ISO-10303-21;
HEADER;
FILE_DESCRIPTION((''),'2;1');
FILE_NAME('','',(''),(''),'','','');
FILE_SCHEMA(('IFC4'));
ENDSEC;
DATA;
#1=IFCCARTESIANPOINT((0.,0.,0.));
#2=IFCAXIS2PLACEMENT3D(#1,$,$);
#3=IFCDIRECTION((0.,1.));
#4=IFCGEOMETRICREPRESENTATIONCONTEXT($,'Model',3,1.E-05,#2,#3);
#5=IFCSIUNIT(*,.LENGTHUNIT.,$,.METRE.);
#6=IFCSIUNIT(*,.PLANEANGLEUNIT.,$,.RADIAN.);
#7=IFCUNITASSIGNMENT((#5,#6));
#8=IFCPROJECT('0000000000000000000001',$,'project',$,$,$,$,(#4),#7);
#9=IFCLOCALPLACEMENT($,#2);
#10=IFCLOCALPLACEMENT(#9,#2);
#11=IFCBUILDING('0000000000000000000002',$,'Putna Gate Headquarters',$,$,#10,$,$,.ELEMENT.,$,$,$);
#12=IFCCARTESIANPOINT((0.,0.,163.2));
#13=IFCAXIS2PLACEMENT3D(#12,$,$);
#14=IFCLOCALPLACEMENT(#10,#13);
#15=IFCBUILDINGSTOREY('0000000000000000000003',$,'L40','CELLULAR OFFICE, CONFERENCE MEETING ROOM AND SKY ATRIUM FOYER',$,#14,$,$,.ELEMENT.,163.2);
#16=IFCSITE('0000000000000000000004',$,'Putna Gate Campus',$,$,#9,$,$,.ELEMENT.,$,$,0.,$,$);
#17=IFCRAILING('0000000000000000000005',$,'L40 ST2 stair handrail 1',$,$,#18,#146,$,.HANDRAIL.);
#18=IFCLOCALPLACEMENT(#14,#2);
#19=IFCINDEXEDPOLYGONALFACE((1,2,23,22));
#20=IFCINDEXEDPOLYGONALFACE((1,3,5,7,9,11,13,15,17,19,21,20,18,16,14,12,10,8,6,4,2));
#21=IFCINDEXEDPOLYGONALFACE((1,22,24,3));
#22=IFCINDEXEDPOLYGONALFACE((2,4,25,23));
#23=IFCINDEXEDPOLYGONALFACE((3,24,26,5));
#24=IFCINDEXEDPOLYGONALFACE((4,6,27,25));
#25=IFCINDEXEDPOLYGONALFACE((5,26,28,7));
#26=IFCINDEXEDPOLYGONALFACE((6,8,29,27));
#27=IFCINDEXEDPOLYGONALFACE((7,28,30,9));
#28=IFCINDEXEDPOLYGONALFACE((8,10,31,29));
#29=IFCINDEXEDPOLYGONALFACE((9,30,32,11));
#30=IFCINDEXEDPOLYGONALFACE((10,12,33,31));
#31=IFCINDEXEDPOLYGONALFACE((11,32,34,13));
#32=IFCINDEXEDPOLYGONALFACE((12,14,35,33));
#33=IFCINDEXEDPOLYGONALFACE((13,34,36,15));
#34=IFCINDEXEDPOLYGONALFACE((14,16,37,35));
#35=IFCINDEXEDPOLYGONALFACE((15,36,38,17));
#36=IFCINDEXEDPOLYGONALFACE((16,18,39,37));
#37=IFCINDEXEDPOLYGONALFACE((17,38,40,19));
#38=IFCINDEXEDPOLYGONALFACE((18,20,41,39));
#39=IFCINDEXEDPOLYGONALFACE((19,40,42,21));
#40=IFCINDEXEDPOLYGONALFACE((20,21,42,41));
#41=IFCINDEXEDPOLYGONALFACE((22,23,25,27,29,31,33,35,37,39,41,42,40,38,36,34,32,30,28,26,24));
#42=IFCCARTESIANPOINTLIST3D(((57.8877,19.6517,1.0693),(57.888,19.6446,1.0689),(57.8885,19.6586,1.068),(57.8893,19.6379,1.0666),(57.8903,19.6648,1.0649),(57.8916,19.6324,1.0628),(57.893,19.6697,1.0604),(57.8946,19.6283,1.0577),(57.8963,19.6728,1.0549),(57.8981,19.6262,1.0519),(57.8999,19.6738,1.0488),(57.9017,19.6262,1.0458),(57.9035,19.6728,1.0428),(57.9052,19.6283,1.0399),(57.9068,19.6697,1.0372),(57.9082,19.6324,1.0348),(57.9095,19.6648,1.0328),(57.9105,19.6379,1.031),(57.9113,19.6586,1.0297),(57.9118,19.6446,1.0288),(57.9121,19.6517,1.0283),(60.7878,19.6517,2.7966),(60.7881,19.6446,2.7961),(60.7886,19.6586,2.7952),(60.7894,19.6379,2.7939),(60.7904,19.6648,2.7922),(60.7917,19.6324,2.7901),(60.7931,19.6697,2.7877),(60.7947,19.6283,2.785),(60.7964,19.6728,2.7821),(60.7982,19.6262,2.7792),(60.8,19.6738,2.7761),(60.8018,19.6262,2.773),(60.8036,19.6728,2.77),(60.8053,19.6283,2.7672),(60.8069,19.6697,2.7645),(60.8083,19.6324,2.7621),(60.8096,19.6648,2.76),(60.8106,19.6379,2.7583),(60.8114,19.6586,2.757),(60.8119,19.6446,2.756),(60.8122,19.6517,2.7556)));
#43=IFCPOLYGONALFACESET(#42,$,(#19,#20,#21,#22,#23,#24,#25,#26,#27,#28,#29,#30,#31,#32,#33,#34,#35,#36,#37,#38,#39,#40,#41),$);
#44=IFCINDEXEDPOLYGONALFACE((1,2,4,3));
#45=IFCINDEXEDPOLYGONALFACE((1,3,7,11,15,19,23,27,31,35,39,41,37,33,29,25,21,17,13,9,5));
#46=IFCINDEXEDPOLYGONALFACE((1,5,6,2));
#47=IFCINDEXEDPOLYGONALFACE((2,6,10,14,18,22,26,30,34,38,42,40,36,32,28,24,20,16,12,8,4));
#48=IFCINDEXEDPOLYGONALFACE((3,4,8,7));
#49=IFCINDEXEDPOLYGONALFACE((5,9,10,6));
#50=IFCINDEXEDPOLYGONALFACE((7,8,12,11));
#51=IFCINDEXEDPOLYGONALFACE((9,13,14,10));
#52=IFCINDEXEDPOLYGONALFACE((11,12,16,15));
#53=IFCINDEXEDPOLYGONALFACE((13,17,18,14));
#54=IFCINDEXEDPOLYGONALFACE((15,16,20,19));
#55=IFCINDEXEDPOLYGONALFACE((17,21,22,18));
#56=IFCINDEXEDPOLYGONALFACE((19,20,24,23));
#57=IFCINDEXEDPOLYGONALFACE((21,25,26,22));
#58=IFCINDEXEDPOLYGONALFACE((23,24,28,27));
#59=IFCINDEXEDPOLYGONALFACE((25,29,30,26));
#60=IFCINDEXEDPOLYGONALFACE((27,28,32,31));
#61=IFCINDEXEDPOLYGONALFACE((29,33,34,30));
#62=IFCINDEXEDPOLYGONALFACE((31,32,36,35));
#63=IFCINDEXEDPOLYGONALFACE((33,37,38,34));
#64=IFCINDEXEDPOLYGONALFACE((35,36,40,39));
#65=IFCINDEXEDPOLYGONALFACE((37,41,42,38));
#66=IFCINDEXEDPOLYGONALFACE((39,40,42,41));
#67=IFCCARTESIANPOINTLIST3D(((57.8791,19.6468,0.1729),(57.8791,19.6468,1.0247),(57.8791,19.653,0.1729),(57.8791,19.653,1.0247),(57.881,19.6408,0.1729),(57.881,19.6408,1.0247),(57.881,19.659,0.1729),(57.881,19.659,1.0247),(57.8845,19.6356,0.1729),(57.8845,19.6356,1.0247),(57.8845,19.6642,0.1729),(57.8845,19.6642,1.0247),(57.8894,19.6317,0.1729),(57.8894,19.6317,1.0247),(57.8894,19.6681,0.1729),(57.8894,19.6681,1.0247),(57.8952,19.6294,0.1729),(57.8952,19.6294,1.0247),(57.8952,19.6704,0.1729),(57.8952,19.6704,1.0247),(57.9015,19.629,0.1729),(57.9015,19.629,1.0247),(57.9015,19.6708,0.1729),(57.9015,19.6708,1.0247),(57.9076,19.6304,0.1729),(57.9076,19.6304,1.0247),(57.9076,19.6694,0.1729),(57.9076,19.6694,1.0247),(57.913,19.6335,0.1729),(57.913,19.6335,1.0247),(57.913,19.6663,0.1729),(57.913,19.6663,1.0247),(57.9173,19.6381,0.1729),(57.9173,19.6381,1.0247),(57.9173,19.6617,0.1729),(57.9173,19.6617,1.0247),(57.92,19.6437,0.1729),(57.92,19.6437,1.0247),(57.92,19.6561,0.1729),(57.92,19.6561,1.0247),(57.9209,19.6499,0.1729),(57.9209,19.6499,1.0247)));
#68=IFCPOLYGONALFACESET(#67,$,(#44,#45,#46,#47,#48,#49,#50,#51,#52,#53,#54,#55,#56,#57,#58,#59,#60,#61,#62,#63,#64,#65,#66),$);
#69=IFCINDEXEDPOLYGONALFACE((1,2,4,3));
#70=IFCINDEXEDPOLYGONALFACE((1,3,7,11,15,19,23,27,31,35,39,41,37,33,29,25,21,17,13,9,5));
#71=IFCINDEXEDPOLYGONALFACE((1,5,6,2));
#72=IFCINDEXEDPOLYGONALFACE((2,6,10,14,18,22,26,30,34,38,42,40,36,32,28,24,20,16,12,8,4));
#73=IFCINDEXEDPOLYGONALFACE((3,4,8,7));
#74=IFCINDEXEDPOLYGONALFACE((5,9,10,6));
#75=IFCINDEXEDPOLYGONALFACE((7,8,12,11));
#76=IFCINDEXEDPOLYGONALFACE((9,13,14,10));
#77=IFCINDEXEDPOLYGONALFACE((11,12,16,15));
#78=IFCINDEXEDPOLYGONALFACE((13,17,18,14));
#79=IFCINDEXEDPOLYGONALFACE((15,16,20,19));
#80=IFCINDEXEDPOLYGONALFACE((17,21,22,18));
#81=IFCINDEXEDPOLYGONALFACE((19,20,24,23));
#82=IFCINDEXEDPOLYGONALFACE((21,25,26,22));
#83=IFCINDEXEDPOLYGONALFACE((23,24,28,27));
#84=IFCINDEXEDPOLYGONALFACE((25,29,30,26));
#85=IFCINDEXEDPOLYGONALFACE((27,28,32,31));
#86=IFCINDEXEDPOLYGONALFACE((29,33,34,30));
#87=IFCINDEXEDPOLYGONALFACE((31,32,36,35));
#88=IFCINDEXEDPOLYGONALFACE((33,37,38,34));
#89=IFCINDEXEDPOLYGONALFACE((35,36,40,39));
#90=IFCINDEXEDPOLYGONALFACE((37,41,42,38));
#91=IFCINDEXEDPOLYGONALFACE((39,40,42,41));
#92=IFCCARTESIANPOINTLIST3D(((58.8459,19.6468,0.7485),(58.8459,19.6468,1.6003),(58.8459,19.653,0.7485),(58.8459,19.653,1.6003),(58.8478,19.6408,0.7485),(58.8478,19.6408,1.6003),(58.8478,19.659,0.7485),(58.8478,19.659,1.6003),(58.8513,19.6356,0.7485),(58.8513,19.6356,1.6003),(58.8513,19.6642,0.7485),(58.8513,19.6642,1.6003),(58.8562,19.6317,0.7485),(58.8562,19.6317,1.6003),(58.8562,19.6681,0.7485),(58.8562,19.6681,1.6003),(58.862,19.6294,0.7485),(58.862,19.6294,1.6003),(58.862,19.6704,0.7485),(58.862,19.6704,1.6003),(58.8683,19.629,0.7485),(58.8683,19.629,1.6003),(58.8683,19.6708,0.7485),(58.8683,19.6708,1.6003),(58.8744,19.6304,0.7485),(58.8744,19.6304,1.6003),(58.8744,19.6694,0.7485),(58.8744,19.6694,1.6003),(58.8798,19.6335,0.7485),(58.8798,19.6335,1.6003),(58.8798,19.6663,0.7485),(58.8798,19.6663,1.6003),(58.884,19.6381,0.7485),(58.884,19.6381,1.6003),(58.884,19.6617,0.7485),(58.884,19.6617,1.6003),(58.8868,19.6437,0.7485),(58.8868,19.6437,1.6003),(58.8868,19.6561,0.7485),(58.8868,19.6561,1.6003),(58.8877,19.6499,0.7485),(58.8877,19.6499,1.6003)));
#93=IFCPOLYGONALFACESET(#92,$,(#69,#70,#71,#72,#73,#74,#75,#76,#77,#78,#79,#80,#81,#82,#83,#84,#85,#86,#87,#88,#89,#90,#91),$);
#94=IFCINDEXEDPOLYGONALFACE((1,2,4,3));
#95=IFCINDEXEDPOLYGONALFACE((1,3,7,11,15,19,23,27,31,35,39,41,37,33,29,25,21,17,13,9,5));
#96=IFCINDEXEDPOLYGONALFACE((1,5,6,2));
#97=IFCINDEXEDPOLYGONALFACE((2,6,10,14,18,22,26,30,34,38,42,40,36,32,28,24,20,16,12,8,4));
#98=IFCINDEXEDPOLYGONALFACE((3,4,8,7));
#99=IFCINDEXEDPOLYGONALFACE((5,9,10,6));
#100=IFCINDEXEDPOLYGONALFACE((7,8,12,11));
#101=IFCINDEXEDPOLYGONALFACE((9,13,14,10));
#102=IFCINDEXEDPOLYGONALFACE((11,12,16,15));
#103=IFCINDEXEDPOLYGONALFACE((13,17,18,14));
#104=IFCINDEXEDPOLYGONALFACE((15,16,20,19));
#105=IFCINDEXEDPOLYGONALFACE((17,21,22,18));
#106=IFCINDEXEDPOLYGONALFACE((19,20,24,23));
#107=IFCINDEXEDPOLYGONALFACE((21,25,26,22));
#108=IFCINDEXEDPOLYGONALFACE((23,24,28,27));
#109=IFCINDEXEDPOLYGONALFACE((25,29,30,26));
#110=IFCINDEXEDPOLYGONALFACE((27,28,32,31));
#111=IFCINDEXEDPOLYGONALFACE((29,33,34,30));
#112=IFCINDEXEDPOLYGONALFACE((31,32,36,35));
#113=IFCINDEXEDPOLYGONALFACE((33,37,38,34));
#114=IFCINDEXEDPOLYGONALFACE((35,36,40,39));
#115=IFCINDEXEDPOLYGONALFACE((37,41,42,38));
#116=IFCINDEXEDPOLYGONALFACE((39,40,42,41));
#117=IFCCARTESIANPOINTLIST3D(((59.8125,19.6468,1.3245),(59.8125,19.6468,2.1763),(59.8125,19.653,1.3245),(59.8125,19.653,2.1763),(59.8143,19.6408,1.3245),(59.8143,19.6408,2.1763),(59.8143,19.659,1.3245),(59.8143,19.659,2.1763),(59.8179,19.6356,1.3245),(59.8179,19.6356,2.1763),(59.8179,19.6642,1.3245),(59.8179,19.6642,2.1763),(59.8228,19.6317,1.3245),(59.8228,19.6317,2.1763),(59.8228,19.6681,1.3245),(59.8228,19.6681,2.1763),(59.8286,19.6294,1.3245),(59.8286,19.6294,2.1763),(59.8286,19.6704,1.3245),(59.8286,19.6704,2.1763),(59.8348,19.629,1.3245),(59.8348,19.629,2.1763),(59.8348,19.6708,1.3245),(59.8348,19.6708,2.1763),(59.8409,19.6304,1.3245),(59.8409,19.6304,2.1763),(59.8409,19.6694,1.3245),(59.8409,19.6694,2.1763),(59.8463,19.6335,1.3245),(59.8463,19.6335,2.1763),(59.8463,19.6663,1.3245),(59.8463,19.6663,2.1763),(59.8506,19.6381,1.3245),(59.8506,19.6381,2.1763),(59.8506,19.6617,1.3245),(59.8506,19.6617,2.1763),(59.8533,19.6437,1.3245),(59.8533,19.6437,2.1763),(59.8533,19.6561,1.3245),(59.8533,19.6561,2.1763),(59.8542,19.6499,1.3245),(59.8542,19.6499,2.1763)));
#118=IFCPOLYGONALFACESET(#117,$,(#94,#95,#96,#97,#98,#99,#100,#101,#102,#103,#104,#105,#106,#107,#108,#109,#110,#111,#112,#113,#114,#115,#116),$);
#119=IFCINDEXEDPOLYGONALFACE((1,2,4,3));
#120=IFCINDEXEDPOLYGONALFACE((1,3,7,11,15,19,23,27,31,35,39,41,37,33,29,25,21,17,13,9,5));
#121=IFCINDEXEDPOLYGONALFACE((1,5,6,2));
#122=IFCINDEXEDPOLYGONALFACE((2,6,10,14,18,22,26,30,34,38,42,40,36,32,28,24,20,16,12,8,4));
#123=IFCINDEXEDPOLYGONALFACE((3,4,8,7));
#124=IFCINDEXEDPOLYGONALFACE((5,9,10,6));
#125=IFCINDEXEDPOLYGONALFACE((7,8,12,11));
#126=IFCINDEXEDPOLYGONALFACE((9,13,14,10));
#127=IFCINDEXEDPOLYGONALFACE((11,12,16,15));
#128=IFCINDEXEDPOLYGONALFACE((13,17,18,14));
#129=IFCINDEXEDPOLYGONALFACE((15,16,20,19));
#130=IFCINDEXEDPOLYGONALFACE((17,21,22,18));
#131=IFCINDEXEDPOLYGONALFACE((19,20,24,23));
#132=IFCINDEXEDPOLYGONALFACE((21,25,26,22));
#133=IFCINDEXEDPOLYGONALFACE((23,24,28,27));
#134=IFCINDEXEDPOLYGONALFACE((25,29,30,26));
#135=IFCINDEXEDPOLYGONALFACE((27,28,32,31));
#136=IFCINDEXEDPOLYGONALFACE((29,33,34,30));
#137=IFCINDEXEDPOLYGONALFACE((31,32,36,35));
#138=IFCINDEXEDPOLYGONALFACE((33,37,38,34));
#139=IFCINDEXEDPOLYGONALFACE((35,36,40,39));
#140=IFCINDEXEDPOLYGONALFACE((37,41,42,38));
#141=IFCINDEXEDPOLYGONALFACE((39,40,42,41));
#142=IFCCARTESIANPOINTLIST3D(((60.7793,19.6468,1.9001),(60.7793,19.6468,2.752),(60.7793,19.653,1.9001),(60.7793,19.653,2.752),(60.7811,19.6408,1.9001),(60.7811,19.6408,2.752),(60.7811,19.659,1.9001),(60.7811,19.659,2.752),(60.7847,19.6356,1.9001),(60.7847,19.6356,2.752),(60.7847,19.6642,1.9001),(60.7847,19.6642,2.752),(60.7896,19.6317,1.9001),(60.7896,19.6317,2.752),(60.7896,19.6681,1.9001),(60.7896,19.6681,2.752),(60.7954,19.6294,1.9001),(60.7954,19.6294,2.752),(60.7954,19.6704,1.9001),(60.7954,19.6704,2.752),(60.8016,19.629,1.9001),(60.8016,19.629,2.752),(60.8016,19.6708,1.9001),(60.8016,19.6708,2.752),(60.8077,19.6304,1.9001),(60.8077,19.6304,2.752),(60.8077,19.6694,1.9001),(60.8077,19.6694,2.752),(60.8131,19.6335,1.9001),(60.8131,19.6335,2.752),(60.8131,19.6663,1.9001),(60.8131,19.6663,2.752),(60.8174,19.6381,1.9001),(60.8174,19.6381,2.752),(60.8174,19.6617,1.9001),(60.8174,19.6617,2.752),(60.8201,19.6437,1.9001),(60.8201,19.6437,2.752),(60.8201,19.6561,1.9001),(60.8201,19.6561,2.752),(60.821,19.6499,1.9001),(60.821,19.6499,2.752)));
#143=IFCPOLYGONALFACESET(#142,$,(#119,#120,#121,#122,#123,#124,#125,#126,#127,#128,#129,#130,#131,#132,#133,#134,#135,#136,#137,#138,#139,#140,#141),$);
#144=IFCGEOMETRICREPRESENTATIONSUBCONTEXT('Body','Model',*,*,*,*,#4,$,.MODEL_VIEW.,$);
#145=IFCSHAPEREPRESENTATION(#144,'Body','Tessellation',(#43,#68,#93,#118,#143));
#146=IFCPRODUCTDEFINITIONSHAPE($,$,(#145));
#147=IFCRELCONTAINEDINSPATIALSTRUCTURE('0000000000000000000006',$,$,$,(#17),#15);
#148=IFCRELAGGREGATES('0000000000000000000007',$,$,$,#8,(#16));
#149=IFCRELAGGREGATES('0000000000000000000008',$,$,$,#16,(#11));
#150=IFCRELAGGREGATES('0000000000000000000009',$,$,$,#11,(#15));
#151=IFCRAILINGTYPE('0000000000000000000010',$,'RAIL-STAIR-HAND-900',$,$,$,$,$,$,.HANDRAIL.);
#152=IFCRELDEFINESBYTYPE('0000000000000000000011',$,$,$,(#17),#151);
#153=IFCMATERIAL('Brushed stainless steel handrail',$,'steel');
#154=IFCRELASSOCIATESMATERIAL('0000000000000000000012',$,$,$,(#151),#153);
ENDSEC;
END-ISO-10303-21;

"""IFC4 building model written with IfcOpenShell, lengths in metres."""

from ifc_helpers import new_model, si_unit, direction, frame, origin, origin_2d, place, context, subcontext, project, spatial, circle, extrude, material, type_object, element, save


model = new_model("IFC4")

# Units and contexts
model_context = context("Model", 3, precision=1e-05, world=origin(), true_north=direction((0.0, 1.0)))
body_context = subcontext(model_context, "Body", "Model", "MODEL_VIEW")
ifc_project = project(units=[si_unit("LENGTHUNIT", "METRE"), si_unit("PLANEANGLEUNIT", "RADIAN")], contexts=[model_context])

# Site, building, storey
site_placement = place(None, origin())
site = spatial("IfcSite", under=ifc_project, at=site_placement, Name="Putna Gate Campus", CompositionType="ELEMENT", RefElevation=0.0)
building_placement = place(site_placement, origin())
building = spatial("IfcBuilding", under=site, at=building_placement, Name="Putna Gate Headquarters", CompositionType="ELEMENT")
storey_placement = place(building_placement, frame((0.0, 0.0, 163.2)))
storey = spatial("IfcBuildingStorey", under=building, at=storey_placement, Name="L40", Description="CELLULAR OFFICE, CONFERENCE MEETING ROOM AND SKY ATRIUM FOYER", CompositionType="ELEMENT", Elevation=163.2)

# Railing
ifc_material_1 = material(Name="Brushed stainless steel handrail", Category="steel")
railing_type_1 = type_object("IfcRailingType", Name="RAIL-STAIR-HAND-900", PredefinedType="HANDRAIL", material=ifc_material_1)
railing_1_placement = place(storey_placement, frame((57.8999, 19.6499, 0.1729)))
element("IfcRailing", 1, at=railing_1_placement, inside=storey, type_object=railing_type_1, Name="L40 ST2 stair handrail 1", PredefinedType="HANDRAIL", context=body_context, shape_type="SweptSolid", body=[
    extrude(circle(Radius=0.0239, at=origin_2d()), frame((0.0, 0.0, 0.876), z_axis=(0.85916, 0.0, 0.511706), x_axis=(0.0, 1.0, 0.0)), (0.0, 0.0, 1.0), 3.3755),
    extrude(circle(Radius=0.021, at=origin_2d()), origin(), (0.0, 0.0, 1.0), 0.8518),
    extrude(circle(Radius=0.021, at=origin_2d()), frame((0.9668, 0.0, 0.5757)), (0.0, 0.0, 1.0), 0.8518),
    extrude(circle(Radius=0.021, at=origin_2d()), frame((1.9333, 0.0, 1.1516)), (0.0, 0.0, 1.0), 0.8518),
    extrude(circle(Radius=0.021, at=origin_2d()), frame((2.9001, 0.0, 1.7273)), (0.0, 0.0, 1.0), 0.8518),
])

save(model, "model.ifc")
